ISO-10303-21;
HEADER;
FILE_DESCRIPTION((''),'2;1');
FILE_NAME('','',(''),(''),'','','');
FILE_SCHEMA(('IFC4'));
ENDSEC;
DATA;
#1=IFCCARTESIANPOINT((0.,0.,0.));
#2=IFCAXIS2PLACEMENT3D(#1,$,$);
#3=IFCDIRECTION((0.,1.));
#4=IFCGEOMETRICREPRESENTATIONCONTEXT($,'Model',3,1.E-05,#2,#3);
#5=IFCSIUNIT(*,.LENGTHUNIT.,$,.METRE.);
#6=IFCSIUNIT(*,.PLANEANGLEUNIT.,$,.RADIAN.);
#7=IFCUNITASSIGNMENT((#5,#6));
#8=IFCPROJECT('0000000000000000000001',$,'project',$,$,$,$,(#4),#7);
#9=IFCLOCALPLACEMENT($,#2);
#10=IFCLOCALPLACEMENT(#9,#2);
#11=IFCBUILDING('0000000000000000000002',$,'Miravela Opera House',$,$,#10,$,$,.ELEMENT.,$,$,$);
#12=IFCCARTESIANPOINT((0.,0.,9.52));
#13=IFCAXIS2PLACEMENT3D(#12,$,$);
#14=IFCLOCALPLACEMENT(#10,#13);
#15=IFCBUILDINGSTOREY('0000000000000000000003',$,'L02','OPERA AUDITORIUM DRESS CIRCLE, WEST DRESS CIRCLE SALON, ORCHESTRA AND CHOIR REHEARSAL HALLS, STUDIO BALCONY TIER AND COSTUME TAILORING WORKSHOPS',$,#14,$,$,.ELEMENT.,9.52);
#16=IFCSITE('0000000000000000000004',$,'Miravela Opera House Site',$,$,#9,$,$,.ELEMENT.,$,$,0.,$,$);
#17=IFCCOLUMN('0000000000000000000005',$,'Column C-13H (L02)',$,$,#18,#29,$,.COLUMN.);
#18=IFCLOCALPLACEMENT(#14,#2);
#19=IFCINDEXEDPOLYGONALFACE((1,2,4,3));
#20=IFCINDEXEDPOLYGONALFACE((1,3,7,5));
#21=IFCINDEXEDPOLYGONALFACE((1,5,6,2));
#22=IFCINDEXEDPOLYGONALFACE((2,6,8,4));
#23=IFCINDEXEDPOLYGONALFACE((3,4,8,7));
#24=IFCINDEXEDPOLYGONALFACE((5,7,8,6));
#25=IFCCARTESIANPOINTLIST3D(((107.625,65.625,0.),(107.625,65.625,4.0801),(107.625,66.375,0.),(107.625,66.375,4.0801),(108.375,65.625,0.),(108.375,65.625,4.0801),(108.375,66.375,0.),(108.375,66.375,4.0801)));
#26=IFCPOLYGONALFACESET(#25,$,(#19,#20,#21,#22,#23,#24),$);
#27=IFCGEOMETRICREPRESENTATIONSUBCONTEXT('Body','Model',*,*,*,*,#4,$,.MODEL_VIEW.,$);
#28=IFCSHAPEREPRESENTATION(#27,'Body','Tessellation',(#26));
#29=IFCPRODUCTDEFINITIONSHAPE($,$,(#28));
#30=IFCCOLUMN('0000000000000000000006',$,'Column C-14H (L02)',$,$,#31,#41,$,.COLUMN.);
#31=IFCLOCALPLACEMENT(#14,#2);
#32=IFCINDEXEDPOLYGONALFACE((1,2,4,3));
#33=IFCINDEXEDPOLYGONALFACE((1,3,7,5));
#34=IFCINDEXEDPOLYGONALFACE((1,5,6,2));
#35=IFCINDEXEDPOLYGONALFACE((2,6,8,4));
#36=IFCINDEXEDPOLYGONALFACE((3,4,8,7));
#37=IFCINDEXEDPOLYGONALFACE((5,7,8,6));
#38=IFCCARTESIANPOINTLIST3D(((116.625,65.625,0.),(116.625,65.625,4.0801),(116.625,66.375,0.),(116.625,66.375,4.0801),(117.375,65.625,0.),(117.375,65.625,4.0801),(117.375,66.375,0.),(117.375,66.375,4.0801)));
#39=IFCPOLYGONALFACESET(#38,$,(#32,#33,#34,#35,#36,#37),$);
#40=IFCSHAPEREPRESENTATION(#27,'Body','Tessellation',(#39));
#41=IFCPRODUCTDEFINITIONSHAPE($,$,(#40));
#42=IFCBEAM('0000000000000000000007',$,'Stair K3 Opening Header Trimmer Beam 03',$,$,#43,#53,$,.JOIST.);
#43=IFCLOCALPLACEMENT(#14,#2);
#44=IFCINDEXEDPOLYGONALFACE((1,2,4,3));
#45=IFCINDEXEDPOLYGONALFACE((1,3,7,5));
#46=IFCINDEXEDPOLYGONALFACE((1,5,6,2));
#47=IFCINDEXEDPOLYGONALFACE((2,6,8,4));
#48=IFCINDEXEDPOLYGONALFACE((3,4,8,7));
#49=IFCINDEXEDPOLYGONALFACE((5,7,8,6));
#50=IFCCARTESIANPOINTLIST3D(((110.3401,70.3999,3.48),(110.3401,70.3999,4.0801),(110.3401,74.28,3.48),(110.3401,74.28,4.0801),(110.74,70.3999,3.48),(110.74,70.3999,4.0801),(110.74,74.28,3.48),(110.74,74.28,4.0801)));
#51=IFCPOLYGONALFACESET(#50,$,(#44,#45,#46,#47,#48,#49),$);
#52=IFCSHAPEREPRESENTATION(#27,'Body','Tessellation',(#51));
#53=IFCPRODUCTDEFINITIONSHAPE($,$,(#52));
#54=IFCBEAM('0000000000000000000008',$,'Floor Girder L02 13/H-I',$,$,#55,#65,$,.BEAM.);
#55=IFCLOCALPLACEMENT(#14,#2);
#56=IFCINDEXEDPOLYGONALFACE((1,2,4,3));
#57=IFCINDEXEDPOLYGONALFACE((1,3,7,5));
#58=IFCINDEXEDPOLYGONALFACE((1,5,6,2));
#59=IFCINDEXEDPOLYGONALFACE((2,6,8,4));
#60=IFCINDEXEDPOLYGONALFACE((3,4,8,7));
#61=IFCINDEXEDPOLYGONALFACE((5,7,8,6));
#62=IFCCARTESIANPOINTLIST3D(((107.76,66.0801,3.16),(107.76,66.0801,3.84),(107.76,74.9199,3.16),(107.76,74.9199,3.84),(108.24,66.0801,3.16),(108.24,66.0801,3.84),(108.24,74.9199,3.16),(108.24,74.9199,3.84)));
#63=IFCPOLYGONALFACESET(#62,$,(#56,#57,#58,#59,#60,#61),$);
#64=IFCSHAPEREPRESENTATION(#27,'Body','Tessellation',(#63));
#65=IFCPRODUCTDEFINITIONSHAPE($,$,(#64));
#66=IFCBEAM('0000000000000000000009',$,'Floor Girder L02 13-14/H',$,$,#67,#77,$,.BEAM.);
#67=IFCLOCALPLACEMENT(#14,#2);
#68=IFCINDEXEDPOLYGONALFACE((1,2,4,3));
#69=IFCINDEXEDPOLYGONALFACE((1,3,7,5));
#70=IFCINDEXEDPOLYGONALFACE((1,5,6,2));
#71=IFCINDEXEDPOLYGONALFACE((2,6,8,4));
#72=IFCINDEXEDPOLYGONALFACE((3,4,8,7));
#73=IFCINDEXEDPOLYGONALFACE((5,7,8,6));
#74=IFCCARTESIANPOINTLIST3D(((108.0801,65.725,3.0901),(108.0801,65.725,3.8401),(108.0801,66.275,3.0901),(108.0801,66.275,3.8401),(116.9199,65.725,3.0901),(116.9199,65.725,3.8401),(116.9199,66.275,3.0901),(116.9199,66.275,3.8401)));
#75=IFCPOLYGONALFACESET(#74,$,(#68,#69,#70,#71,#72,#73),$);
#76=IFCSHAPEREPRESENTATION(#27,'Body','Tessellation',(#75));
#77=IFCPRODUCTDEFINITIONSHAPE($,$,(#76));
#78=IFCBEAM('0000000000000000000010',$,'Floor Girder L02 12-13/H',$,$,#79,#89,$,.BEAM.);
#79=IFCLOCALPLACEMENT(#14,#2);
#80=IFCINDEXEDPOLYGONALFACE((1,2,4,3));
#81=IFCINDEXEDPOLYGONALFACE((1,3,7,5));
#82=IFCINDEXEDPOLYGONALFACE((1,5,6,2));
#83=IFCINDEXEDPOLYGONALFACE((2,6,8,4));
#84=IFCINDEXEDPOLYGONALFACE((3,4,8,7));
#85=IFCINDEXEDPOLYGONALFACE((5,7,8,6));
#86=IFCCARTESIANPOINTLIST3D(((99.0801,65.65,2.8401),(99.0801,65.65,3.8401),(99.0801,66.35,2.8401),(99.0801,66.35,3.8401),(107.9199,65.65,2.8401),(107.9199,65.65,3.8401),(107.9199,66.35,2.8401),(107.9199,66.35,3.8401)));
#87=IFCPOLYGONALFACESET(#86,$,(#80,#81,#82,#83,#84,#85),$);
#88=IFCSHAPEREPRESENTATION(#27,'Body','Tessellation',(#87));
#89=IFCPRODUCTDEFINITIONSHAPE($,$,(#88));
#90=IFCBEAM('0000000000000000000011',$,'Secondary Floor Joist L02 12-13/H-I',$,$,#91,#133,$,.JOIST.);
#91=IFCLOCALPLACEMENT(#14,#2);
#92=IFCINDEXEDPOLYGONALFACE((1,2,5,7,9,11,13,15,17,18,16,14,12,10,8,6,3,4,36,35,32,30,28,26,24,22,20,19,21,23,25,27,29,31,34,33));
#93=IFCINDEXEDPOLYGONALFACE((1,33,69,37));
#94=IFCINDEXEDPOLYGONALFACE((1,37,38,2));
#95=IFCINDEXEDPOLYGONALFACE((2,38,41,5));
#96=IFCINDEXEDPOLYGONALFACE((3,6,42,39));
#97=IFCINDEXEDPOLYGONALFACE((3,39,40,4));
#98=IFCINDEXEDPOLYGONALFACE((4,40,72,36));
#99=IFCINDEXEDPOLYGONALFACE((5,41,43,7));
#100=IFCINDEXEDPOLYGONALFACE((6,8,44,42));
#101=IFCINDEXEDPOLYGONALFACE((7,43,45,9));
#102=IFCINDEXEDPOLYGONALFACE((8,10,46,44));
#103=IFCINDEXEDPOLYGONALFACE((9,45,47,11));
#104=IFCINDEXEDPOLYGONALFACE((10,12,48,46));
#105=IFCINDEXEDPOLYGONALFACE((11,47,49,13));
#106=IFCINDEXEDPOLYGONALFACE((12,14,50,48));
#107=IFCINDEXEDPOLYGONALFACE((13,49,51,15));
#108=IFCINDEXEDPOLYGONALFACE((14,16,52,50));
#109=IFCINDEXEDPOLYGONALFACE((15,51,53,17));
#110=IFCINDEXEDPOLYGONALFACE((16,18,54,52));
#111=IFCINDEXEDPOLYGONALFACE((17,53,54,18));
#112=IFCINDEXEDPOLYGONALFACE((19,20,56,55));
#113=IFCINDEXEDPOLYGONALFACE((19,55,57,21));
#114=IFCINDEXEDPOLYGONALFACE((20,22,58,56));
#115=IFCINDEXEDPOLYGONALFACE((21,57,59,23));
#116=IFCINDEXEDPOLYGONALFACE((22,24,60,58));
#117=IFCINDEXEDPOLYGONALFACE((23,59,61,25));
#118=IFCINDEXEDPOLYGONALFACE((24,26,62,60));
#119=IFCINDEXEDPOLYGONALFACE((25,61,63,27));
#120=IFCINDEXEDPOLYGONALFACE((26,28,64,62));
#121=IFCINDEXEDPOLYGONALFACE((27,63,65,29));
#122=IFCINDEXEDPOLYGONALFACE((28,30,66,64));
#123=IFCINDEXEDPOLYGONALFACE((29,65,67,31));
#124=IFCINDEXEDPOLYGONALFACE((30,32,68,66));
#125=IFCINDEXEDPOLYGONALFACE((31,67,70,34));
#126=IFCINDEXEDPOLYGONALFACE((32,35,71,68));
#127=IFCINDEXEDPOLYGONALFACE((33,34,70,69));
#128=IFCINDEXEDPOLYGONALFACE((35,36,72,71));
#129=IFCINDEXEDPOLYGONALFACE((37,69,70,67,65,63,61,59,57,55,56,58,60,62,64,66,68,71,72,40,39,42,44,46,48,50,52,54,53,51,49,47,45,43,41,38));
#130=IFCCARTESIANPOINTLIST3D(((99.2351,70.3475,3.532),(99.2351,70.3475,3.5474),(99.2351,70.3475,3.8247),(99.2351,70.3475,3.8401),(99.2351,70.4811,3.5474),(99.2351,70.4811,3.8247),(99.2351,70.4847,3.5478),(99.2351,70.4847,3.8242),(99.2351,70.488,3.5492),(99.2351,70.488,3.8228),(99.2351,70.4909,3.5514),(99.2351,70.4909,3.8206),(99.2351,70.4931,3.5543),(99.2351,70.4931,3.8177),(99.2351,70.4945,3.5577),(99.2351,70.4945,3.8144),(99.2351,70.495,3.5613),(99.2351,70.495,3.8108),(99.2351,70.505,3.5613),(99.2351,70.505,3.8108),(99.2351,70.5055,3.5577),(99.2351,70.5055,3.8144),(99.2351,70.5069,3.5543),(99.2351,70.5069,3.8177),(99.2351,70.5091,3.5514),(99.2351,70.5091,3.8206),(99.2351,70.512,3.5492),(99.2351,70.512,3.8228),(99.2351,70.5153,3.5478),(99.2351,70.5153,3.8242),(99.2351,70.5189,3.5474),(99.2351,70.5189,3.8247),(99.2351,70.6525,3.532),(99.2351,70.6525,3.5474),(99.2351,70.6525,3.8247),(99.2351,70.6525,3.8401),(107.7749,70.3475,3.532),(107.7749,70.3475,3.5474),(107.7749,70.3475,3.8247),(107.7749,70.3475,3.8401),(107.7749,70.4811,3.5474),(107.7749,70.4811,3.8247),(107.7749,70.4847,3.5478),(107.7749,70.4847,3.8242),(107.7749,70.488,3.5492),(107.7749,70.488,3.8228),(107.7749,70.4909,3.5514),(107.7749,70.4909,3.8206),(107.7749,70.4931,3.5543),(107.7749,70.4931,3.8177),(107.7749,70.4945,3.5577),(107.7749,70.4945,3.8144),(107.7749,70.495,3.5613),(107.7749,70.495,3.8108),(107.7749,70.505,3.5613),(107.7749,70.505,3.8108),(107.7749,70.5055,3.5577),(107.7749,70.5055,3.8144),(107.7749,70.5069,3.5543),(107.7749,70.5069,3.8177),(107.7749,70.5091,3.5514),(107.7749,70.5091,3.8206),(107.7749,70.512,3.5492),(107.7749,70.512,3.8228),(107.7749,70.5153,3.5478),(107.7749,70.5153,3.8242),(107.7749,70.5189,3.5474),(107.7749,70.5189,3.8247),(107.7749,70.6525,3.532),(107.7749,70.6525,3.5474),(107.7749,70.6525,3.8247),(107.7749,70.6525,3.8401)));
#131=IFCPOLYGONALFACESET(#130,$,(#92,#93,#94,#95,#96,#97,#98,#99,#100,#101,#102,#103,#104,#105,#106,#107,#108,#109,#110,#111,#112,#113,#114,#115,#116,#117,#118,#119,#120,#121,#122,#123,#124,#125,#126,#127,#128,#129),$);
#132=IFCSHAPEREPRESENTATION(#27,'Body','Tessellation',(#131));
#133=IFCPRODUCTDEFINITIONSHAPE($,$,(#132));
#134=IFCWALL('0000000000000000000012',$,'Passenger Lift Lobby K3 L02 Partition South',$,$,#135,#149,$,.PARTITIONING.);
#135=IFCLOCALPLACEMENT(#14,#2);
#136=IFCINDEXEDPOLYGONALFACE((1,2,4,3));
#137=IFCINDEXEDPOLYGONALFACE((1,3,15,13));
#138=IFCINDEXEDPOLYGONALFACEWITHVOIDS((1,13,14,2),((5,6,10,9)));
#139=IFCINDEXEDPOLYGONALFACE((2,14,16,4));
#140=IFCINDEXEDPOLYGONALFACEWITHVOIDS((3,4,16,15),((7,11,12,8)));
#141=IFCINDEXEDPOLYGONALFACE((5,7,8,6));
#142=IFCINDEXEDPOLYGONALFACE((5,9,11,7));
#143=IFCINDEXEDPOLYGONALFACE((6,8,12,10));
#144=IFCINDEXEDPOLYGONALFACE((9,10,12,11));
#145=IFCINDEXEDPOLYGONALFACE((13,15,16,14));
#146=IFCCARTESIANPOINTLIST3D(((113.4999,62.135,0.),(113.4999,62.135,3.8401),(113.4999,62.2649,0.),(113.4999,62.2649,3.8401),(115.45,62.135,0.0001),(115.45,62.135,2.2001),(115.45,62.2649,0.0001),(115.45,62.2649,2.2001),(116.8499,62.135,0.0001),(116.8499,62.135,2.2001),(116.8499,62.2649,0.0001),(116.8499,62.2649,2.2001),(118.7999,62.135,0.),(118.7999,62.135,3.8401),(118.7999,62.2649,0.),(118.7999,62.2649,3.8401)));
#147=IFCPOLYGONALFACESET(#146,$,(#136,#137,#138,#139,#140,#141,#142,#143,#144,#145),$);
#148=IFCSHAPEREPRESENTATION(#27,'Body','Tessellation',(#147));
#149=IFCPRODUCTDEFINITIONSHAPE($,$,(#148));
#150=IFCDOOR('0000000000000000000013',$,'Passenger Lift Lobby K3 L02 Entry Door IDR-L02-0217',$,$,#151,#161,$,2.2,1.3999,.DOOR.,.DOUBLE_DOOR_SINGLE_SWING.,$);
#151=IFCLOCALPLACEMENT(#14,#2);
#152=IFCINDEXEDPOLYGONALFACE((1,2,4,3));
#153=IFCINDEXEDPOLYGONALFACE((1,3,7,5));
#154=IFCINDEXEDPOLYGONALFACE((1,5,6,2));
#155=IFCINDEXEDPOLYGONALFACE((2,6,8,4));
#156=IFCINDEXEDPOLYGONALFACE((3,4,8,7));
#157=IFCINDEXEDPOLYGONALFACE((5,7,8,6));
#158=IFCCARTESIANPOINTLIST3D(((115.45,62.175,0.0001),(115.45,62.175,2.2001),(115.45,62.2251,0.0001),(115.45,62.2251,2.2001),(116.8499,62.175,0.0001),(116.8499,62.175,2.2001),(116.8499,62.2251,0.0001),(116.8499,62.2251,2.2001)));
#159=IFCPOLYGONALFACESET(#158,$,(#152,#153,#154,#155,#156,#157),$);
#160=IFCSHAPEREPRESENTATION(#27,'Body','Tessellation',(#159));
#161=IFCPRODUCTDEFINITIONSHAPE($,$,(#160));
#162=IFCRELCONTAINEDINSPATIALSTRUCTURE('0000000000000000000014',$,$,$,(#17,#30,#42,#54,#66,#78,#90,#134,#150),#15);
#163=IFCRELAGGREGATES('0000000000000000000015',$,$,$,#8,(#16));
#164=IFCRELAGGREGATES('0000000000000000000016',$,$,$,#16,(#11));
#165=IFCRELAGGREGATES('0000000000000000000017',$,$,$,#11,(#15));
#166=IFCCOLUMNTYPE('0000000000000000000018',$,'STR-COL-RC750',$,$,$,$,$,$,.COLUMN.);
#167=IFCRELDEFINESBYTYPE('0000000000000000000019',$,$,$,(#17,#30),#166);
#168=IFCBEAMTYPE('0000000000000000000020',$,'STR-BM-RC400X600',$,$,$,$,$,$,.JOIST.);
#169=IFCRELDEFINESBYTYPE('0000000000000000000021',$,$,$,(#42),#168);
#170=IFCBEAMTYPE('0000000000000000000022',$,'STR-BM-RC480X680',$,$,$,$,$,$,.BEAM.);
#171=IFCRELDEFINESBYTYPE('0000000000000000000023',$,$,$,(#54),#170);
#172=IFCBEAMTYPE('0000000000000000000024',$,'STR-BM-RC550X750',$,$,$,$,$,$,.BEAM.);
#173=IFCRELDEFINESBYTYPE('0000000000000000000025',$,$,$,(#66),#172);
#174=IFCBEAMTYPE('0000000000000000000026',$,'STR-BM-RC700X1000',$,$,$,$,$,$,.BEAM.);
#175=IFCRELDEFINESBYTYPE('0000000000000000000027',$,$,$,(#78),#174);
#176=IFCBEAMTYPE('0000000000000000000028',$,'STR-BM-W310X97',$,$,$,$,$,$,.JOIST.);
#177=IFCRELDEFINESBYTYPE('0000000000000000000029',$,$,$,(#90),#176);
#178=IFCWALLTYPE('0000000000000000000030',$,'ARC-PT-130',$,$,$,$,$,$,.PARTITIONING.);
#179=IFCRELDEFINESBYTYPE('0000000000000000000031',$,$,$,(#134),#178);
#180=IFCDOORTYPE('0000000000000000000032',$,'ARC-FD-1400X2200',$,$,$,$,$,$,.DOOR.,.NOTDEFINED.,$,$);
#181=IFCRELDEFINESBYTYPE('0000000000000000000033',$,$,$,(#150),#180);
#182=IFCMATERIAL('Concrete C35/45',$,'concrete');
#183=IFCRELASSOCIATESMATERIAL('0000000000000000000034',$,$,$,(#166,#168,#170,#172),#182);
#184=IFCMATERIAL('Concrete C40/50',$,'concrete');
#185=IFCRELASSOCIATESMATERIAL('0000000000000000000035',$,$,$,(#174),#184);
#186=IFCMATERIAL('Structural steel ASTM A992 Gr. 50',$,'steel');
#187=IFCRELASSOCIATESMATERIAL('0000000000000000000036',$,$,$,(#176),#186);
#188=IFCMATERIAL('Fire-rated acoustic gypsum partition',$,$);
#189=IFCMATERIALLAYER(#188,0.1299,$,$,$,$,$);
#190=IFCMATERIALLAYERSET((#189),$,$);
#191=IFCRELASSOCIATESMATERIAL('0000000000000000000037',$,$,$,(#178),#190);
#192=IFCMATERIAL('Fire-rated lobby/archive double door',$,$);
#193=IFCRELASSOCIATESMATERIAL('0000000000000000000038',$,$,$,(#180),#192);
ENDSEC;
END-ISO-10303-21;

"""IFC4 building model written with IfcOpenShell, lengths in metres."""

from ifc_helpers import new_model, si_unit, direction, frame, frame_2d, origin, origin_2d, place, context, subcontext, project, spatial, rectangle, i_section, extrude, material, layer, layer_set, material_profile, profile_set, type_object, element, fill, save


model = new_model("IFC4")

# Units and contexts
model_context = context("Model", 3, precision=1e-05, world=origin(), true_north=direction((0.0, 1.0)))
body_context = subcontext(model_context, "Body", "Model", "MODEL_VIEW")
ifc_project = project(units=[si_unit("LENGTHUNIT", "METRE"), si_unit("PLANEANGLEUNIT", "RADIAN")], contexts=[model_context])

# Site, building, storey
site_placement = place(None, origin())
site = spatial("IfcSite", under=ifc_project, at=site_placement, Name="Miravela Opera House Site", CompositionType="ELEMENT", RefElevation=0.0)
building_placement = place(site_placement, origin())
building = spatial("IfcBuilding", under=site, at=building_placement, Name="Miravela Opera House", CompositionType="ELEMENT")
storey_placement = place(building_placement, frame((0.0, 0.0, 9.52)))
storey = spatial("IfcBuildingStorey", under=building, at=storey_placement, Name="L02", Description="OPERA AUDITORIUM DRESS CIRCLE, WEST DRESS CIRCLE SALON, ORCHESTRA AND CHOIR REHEARSAL HALLS, STUDIO BALCONY TIER AND COSTUME TAILORING WORKSHOPS", CompositionType="ELEMENT", Elevation=9.52)

# Columns
ifc_material_1 = material(Name="Concrete C35/45", Category="concrete")
ifc_material_profile_1 = material_profile(ifc_material_1, rectangle(XDim=0.75, YDim=0.75, at=origin_2d()), Name="RC-COL-750X750")
ifc_profile_set_1 = profile_set([ifc_material_profile_1])
column_type_1 = type_object("IfcColumnType", Name="STR-COL-RC750", PredefinedType="COLUMN", material=ifc_profile_set_1)
for number, where, z_axis, x_axis, name in (
    (1, (108.0, 66.0, 0.0), (0.0, 0.0, 1.0), (1.0, 0.0, 0.0), "Column C-13H (L02)"),
    (2, (117.0, 66.0, 0.0), (0.0, 0.0, 1.0), (1.0, 0.0, 0.0), "Column C-14H (L02)"),
):
    element("IfcColumn", number, at=place(storey_placement, frame(where, z_axis=z_axis, x_axis=x_axis)), inside=storey, type_object=column_type_1, Name=name, PredefinedType="COLUMN", context=body_context, shape_type="SweptSolid", body=[
        extrude(rectangle(XDim=0.75, YDim=0.75, at=origin_2d()), origin(), (0.0, 0.0, 1.0), 4.0801),
    ])

# Beams
ifc_material_profile_2 = material_profile(ifc_material_1, rectangle(XDim=0.3999, YDim=0.6001, at=origin_2d()), Name="RC-BM-400X600")
ifc_profile_set_2 = profile_set([ifc_material_profile_2])
beam_type_1 = type_object("IfcBeamType", Name="STR-BM-RC400X600", PredefinedType="JOIST", material=ifc_profile_set_2)
beam_1_placement = place(storey_placement, frame((110.54, 70.3999, 3.78), z_axis=(0.0, 1.0, 0.0), x_axis=(-1.0, 0.0, 0.0)))
element("IfcBeam", 3, at=beam_1_placement, inside=storey, type_object=beam_type_1, Name="Stair K3 Opening Header Trimmer Beam 03", PredefinedType="JOIST", context=body_context, shape_type="SweptSolid", body=[
    extrude(rectangle(XDim=0.3999, YDim=0.6001, at=origin_2d()), origin(), (0.0, 0.0, 1.0), 3.8801),
])
ifc_material_profile_3 = material_profile(ifc_material_1, rectangle(XDim=0.48, YDim=0.6799, at=origin_2d()), Name="RC-BM-480X680")
ifc_profile_set_3 = profile_set([ifc_material_profile_3])
beam_type_2 = type_object("IfcBeamType", Name="STR-BM-RC480X680", PredefinedType="BEAM", material=ifc_profile_set_3)
beam_2_placement = place(storey_placement, frame((108.0, 66.0801, 3.5), z_axis=(0.0, 1.0, 0.0), x_axis=(-1.0, 0.0, 0.0)))
element("IfcBeam", 4, at=beam_2_placement, inside=storey, type_object=beam_type_2, Name="Floor Girder L02 13/H-I", PredefinedType="BEAM", context=body_context, shape_type="SweptSolid", body=[
    extrude(rectangle(XDim=0.48, YDim=0.6799, at=origin_2d()), origin(), (0.0, 0.0, 1.0), 8.8398),
])
ifc_material_profile_4 = material_profile(ifc_material_1, rectangle(XDim=0.55, YDim=0.75, at=origin_2d()), Name="RC-BM-550X750")
ifc_profile_set_4 = profile_set([ifc_material_profile_4])
beam_type_3 = type_object("IfcBeamType", Name="STR-BM-RC550X750", PredefinedType="BEAM", material=ifc_profile_set_4)
beam_3_placement = place(storey_placement, frame((108.0801, 66.0, 3.4651), z_axis=(1.0, 0.0, 0.0), x_axis=(0.0, 1.0, 0.0)))
element("IfcBeam", 5, at=beam_3_placement, inside=storey, type_object=beam_type_3, Name="Floor Girder L02 13-14/H", PredefinedType="BEAM", context=body_context, shape_type="SweptSolid", body=[
    extrude(rectangle(XDim=0.55, YDim=0.75, at=origin_2d()), origin(), (0.0, 0.0, 1.0), 8.8398),
])
ifc_material_2 = material(Name="Concrete C40/50", Category="concrete")
ifc_material_profile_5 = material_profile(ifc_material_2, rectangle(XDim=0.7, YDim=1.0, at=origin_2d()), Name="RC-BM-700X1000")
ifc_profile_set_5 = profile_set([ifc_material_profile_5])
beam_type_4 = type_object("IfcBeamType", Name="STR-BM-RC700X1000", PredefinedType="BEAM", material=ifc_profile_set_5)
beam_4_placement = place(storey_placement, frame((99.0801, 66.0, 3.3401), z_axis=(1.0, 0.0, 0.0), x_axis=(0.0, 1.0, 0.0)))
element("IfcBeam", 6, at=beam_4_placement, inside=storey, type_object=beam_type_4, Name="Floor Girder L02 12-13/H", PredefinedType="BEAM", context=body_context, shape_type="SweptSolid", body=[
    extrude(rectangle(XDim=0.7, YDim=1.0, at=origin_2d()), origin(), (0.0, 0.0, 1.0), 8.8398),
])
ifc_material_3 = material(Name="Structural steel ASTM A992 Gr. 50", Category="steel")
ifc_material_profile_6 = material_profile(ifc_material_3, i_section(OverallWidth=0.3049, OverallDepth=0.3081, WebThickness=0.01, FlangeThickness=0.0154, FilletRadius=0.0139, at=origin_2d()), Name="W310X97")
ifc_profile_set_6 = profile_set([ifc_material_profile_6])
beam_type_5 = type_object("IfcBeamType", Name="STR-BM-W310X97", PredefinedType="JOIST", material=ifc_profile_set_6)
beam_5_placement = place(storey_placement, frame((99.2351, 70.5, 3.686), z_axis=(1.0, 0.0, 0.0), x_axis=(0.0, 1.0, 0.0)))
element("IfcBeam", 7, at=beam_5_placement, inside=storey, type_object=beam_type_5, Name="Secondary Floor Joist L02 12-13/H-I", PredefinedType="JOIST", context=body_context, shape_type="SweptSolid", body=[
    extrude(i_section(OverallWidth=0.3049, OverallDepth=0.3081, WebThickness=0.01, FlangeThickness=0.0154, FilletRadius=0.0139, at=origin_2d()), origin(), (0.0, 0.0, 1.0), 8.5398),
])

# Wall, opening, door
ifc_material_4 = material(Name="Fire-rated acoustic gypsum partition")
ifc_layer_1 = layer(ifc_material_4, 0.1299)
ifc_layer_set_1 = layer_set([ifc_layer_1])
wall_type_1 = type_object("IfcWallType", Name="ARC-PT-130", PredefinedType="PARTITIONING", material=ifc_layer_set_1)
wall_1_placement = place(storey_placement, frame((113.5, 62.2, 0.0), z_axis=(0.0, 0.0, 1.0), x_axis=(1.0, 0.0, 0.0)))
wall_1 = element("IfcWall", 8, at=wall_1_placement, inside=storey, type_object=wall_type_1, Name="Passenger Lift Lobby K3 L02 Partition South", PredefinedType="PARTITIONING", context=body_context, shape_type="SweptSolid", body=[
    extrude(rectangle(XDim=5.3, YDim=0.1299, at=frame_2d((2.6499, 0.0))), origin(), (0.0, 0.0, 1.0), 3.8401),
])
opening_1_placement = place(wall_1_placement, frame((1.95, 0.0, 0.0)))
opening_1 = element("IfcOpeningElement", 9, at=opening_1_placement, cuts=wall_1, PredefinedType="OPENING", context=body_context, shape_type="SweptSolid", body=[
    extrude(rectangle(XDim=1.3999, YDim=2.2, at=frame_2d((0.7, 1.1001))), frame((0.0, 0.075, 0.0), z_axis=(0.0, -1.0, 0.0), x_axis=(1.0, 0.0, 0.0)), (0.0, 0.0, 1.0), 0.1499),
])
ifc_material_5 = material(Name="Fire-rated lobby/archive double door")
door_type_1 = type_object("IfcDoorType", Name="ARC-FD-1400X2200", OperationType="NOTDEFINED", PredefinedType="DOOR", material=ifc_material_5)
door_1_placement = place(opening_1_placement, frame((1.3999, 0.0, 0.0), z_axis=(0.0, 0.0, 1.0), x_axis=(-1.0, 0.0, 0.0)))
door_1 = element("IfcDoor", 10, at=door_1_placement, inside=storey, type_object=door_type_1, Name="Passenger Lift Lobby K3 L02 Entry Door IDR-L02-0217", OperationType="DOUBLE_DOOR_SINGLE_SWING", OverallHeight=2.2, OverallWidth=1.3999, PredefinedType="DOOR", context=body_context, shape_type="SweptSolid", body=[
    extrude(rectangle(XDim=1.3999, YDim=2.2, at=frame_2d((0.7, 1.1001))), frame((0.0, 0.0249, 0.0), z_axis=(0.0, -1.0, 0.0), x_axis=(1.0, 0.0, 0.0)), (0.0, 0.0, 1.0), 0.05),
])
fill(opening_1, door_1)

save(model, "model.ifc")
